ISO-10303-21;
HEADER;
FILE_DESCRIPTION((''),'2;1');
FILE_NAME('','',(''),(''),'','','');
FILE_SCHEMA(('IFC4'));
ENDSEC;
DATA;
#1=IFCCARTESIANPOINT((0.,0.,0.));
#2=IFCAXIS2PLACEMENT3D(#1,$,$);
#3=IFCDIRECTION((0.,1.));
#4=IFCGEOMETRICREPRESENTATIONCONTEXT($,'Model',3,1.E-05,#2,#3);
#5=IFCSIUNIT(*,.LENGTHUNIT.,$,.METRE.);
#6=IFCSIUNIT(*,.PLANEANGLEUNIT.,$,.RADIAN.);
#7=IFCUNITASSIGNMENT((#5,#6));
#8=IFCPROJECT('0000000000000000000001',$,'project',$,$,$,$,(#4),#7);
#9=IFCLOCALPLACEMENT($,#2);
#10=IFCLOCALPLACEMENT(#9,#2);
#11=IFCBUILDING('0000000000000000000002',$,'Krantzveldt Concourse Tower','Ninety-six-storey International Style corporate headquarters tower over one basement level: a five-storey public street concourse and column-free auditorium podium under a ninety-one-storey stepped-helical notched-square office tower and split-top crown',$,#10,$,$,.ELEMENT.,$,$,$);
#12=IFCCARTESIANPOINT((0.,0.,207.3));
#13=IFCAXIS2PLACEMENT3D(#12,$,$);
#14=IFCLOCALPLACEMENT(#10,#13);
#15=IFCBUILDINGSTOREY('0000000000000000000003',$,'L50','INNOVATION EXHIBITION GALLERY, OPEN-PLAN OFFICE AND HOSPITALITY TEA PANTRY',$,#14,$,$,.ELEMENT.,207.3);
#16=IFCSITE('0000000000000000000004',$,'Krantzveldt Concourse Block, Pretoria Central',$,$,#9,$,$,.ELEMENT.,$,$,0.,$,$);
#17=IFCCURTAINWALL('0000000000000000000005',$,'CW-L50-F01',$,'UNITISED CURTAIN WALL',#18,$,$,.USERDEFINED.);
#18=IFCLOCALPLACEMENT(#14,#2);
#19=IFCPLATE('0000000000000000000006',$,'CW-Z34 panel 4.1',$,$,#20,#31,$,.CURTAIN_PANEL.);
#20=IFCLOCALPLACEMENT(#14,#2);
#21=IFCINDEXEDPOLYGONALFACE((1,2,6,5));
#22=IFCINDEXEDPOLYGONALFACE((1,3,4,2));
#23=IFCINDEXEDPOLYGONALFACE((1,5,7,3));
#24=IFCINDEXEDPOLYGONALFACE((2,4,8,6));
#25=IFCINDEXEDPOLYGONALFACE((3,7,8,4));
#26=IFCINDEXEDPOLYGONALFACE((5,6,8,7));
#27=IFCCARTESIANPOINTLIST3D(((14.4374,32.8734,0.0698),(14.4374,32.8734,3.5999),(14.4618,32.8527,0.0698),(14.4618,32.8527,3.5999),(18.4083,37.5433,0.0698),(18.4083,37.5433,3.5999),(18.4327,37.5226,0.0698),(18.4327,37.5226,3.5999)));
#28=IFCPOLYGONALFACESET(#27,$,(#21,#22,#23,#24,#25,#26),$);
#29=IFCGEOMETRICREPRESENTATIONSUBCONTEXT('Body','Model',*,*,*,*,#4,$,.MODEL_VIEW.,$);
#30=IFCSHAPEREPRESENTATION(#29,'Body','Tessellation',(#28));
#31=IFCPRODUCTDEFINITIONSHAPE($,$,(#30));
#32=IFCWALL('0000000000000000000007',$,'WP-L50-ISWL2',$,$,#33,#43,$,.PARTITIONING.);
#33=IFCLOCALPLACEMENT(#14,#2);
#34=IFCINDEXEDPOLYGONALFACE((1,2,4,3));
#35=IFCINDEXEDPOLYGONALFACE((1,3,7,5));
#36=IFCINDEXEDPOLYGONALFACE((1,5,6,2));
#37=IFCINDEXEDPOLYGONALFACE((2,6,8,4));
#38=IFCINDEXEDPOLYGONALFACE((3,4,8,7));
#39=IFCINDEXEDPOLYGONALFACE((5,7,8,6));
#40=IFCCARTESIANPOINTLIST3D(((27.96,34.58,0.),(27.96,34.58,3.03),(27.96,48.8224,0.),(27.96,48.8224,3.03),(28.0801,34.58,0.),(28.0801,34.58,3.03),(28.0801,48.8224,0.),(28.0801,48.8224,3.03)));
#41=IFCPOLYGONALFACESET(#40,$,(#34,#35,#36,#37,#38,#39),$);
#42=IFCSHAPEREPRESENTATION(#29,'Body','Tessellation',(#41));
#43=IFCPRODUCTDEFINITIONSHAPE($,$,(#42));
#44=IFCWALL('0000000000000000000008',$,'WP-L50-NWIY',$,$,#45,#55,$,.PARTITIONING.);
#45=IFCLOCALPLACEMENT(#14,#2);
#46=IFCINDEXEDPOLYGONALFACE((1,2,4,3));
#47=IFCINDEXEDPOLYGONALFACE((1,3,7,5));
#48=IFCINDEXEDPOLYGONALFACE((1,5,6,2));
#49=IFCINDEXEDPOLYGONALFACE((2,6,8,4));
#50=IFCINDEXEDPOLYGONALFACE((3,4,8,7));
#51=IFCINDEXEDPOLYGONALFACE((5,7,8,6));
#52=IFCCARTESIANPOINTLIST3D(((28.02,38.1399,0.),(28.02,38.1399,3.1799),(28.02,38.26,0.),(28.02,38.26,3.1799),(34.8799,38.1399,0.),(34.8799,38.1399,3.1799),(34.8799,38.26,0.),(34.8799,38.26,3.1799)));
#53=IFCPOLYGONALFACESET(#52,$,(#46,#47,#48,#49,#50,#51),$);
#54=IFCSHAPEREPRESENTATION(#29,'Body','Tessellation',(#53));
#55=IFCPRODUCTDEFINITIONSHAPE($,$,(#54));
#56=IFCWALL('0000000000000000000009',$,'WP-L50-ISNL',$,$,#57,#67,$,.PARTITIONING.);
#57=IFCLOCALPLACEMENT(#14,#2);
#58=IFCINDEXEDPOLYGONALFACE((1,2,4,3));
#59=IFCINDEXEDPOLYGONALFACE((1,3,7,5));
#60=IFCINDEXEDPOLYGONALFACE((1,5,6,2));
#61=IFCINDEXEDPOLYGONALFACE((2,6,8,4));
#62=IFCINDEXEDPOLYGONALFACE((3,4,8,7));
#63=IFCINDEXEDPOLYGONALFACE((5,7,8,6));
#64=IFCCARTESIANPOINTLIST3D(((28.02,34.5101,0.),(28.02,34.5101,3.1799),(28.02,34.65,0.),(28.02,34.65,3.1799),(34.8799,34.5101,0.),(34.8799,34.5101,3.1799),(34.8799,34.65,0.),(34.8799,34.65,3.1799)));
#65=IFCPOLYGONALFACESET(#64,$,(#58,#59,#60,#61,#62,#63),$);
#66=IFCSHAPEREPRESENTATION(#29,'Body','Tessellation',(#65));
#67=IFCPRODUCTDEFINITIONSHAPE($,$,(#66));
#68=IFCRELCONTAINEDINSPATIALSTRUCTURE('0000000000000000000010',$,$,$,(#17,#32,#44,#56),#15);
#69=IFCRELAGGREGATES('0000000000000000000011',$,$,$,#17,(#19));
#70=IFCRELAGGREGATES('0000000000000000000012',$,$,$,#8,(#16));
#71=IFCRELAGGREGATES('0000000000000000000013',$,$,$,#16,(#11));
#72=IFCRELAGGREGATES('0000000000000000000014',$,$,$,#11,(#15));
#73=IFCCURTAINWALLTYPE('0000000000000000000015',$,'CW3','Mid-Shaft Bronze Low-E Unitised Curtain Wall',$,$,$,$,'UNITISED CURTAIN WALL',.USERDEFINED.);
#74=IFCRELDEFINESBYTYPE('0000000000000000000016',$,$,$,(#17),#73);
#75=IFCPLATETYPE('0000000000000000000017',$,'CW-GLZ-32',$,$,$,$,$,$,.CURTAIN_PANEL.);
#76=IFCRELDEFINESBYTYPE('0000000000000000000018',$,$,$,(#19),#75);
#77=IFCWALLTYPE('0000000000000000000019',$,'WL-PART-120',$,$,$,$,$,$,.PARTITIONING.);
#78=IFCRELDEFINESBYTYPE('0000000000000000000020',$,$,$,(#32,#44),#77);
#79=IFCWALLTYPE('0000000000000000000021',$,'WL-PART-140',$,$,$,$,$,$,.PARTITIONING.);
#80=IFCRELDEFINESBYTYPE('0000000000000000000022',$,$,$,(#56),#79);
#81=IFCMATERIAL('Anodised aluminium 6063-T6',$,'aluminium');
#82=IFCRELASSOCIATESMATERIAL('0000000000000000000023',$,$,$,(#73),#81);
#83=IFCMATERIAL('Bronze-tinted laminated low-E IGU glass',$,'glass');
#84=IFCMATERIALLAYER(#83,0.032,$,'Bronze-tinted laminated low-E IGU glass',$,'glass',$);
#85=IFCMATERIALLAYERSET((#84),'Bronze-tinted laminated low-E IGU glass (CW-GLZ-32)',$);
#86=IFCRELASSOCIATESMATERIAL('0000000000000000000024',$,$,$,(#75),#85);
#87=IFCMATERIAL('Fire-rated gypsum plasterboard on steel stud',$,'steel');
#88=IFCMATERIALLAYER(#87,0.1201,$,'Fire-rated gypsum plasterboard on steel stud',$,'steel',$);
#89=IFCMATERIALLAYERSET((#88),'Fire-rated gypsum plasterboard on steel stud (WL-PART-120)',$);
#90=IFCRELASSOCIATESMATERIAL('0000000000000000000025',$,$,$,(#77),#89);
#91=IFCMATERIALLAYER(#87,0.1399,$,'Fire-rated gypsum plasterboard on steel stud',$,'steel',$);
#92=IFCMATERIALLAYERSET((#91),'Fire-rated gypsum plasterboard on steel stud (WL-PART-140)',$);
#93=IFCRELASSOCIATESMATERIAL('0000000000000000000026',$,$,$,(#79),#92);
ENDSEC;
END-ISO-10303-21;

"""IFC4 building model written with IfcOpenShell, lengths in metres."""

from ifc_helpers import new_model, si_unit, direction, frame, frame_2d, origin, origin_2d, place, context, subcontext, project, spatial, rectangle, extrude, source, transform, mapped, material, layer, layer_set, type_object, element, aggregate, save


model = new_model("IFC4")

# Units and contexts
model_context = context("Model", 3, precision=1e-05, world=origin(), true_north=direction((0.0, 1.0)))
body_context = subcontext(model_context, "Body", "Model", "MODEL_VIEW")
ifc_project = project(units=[si_unit("LENGTHUNIT", "METRE"), si_unit("PLANEANGLEUNIT", "RADIAN")], contexts=[model_context])

# Site, building, storey
site_placement = place(None, origin())
site = spatial("IfcSite", under=ifc_project, at=site_placement, Name="Krantzveldt Concourse Block, Pretoria Central", CompositionType="ELEMENT", RefElevation=0.0)
building_placement = place(site_placement, origin())
building = spatial("IfcBuilding", under=site, at=building_placement, Name="Krantzveldt Concourse Tower", Description="Ninety-six-storey International Style corporate headquarters tower over one basement level: a five-storey public street concourse and column-free auditorium podium under a ninety-one-storey stepped-helical notched-square office tower and split-top crown", CompositionType="ELEMENT")
storey_placement = place(building_placement, frame((0.0, 0.0, 207.3)))
storey = spatial("IfcBuildingStorey", under=building, at=storey_placement, Name="L50", Description="INNOVATION EXHIBITION GALLERY, OPEN-PLAN OFFICE AND HOSPITALITY TEA PANTRY", CompositionType="ELEMENT", Elevation=207.3)

# Curtain wall, plate
ifc_material_1 = material(Name="Anodised aluminium 6063-T6", Category="aluminium")
curtain_wall_type = type_object("IfcCurtainWallType", Name="CW3", Description="Mid-Shaft Bronze Low-E Unitised Curtain Wall", ElementType="UNITISED CURTAIN WALL", PredefinedType="USERDEFINED", material=ifc_material_1)
curtain_wall_placement = place(storey_placement, origin())
curtain_wall = element("IfcCurtainWall", 1, at=curtain_wall_placement, inside=storey, type_object=curtain_wall_type, Name="CW-L50-F01", ObjectType="UNITISED CURTAIN WALL", PredefinedType="USERDEFINED")
ifc_material_2 = material(Name="Bronze-tinted laminated low-E IGU glass", Category="glass")
ifc_layer_1 = layer(ifc_material_2, 0.032, Name="Bronze-tinted laminated low-E IGU glass", Category="glass")
ifc_layer_set_1 = layer_set([ifc_layer_1], Name="Bronze-tinted laminated low-E IGU glass (CW-GLZ-32)")
plate_type = type_object("IfcPlateType", Name="CW-GLZ-32", PredefinedType="CURTAIN_PANEL", material=ifc_layer_set_1)
shared_shape_1 = source(origin(), body_context, "Body", "SweptSolid", [
    extrude(rectangle(XDim=6.1299, YDim=0.032, at=origin_2d()), origin(), (0.0, 0.0, 1.0), 3.53),
])
plate_1_placement = place(storey_placement, frame((16.4351, 35.198, 0.0698), z_axis=(0.0, 0.0, 1.0), x_axis=(-0.647788, -0.761821, 0.0)))
plate_1 = element("IfcPlate", 2, at=plate_1_placement, type_object=plate_type, Name="CW-Z34 panel 4.1", PredefinedType="CURTAIN_PANEL", context=body_context, shape_type="MappedRepresentation", body=[
    mapped(shared_shape_1, transform((0.0, 0.0, 0.0), x_axis=(1.0, 0.0, 0.0), y_axis=(0.0, 1.0, 0.0), z_axis=(0.0, 0.0, 1.0), scale=1.0)),
])
aggregate(curtain_wall, [plate_1])

# Walls
ifc_material_3 = material(Name="Fire-rated gypsum plasterboard on steel stud", Category="steel")
ifc_layer_2 = layer(ifc_material_3, 0.1201, Name="Fire-rated gypsum plasterboard on steel stud", Category="steel")
ifc_layer_set_2 = layer_set([ifc_layer_2], Name="Fire-rated gypsum plasterboard on steel stud (WL-PART-120)")
wall_type_1 = type_object("IfcWallType", Name="WL-PART-120", PredefinedType="PARTITIONING", material=ifc_layer_set_2)
wall_1_placement = place(storey_placement, frame((28.02, 34.5801, 0.0), z_axis=(0.0, 0.0, 1.0), x_axis=(0.0, 1.0, 0.0)))
element("IfcWall", 3, at=wall_1_placement, inside=storey, type_object=wall_type_1, Name="WP-L50-ISWL2", PredefinedType="PARTITIONING", context=body_context, shape_type="SweptSolid", body=[
    extrude(rectangle(XDim=14.2424, YDim=0.1201, at=frame_2d((7.1211, 0.0))), origin(), (0.0, 0.0, 1.0), 3.03),
])
wall_2_placement = place(storey_placement, frame((28.02, 38.2, 0.0), z_axis=(0.0, 0.0, 1.0), x_axis=(1.0, 0.0, 0.0)))
element("IfcWall", 4, at=wall_2_placement, inside=storey, type_object=wall_type_1, Name="WP-L50-NWIY", PredefinedType="PARTITIONING", context=body_context, shape_type="SweptSolid", body=[
    extrude(rectangle(XDim=6.8599, YDim=0.1201, at=frame_2d((3.4299, 0.0))), origin(), (0.0, 0.0, 1.0), 3.1799),
])
ifc_layer_3 = layer(ifc_material_3, 0.1399, Name="Fire-rated gypsum plasterboard on steel stud", Category="steel")
ifc_layer_set_3 = layer_set([ifc_layer_3], Name="Fire-rated gypsum plasterboard on steel stud (WL-PART-140)")
wall_type_2 = type_object("IfcWallType", Name="WL-PART-140", PredefinedType="PARTITIONING", material=ifc_layer_set_3)
wall_3_placement = place(storey_placement, frame((28.02, 34.5801, 0.0), z_axis=(0.0, 0.0, 1.0), x_axis=(1.0, 0.0, 0.0)))
element("IfcWall", 5, at=wall_3_placement, inside=storey, type_object=wall_type_2, Name="WP-L50-ISNL", PredefinedType="PARTITIONING", context=body_context, shape_type="SweptSolid", body=[
    extrude(rectangle(XDim=6.8599, YDim=0.1399, at=frame_2d((3.4299, 0.0))), origin(), (0.0, 0.0, 1.0), 3.1799),
])

save(model, "model.ifc")
